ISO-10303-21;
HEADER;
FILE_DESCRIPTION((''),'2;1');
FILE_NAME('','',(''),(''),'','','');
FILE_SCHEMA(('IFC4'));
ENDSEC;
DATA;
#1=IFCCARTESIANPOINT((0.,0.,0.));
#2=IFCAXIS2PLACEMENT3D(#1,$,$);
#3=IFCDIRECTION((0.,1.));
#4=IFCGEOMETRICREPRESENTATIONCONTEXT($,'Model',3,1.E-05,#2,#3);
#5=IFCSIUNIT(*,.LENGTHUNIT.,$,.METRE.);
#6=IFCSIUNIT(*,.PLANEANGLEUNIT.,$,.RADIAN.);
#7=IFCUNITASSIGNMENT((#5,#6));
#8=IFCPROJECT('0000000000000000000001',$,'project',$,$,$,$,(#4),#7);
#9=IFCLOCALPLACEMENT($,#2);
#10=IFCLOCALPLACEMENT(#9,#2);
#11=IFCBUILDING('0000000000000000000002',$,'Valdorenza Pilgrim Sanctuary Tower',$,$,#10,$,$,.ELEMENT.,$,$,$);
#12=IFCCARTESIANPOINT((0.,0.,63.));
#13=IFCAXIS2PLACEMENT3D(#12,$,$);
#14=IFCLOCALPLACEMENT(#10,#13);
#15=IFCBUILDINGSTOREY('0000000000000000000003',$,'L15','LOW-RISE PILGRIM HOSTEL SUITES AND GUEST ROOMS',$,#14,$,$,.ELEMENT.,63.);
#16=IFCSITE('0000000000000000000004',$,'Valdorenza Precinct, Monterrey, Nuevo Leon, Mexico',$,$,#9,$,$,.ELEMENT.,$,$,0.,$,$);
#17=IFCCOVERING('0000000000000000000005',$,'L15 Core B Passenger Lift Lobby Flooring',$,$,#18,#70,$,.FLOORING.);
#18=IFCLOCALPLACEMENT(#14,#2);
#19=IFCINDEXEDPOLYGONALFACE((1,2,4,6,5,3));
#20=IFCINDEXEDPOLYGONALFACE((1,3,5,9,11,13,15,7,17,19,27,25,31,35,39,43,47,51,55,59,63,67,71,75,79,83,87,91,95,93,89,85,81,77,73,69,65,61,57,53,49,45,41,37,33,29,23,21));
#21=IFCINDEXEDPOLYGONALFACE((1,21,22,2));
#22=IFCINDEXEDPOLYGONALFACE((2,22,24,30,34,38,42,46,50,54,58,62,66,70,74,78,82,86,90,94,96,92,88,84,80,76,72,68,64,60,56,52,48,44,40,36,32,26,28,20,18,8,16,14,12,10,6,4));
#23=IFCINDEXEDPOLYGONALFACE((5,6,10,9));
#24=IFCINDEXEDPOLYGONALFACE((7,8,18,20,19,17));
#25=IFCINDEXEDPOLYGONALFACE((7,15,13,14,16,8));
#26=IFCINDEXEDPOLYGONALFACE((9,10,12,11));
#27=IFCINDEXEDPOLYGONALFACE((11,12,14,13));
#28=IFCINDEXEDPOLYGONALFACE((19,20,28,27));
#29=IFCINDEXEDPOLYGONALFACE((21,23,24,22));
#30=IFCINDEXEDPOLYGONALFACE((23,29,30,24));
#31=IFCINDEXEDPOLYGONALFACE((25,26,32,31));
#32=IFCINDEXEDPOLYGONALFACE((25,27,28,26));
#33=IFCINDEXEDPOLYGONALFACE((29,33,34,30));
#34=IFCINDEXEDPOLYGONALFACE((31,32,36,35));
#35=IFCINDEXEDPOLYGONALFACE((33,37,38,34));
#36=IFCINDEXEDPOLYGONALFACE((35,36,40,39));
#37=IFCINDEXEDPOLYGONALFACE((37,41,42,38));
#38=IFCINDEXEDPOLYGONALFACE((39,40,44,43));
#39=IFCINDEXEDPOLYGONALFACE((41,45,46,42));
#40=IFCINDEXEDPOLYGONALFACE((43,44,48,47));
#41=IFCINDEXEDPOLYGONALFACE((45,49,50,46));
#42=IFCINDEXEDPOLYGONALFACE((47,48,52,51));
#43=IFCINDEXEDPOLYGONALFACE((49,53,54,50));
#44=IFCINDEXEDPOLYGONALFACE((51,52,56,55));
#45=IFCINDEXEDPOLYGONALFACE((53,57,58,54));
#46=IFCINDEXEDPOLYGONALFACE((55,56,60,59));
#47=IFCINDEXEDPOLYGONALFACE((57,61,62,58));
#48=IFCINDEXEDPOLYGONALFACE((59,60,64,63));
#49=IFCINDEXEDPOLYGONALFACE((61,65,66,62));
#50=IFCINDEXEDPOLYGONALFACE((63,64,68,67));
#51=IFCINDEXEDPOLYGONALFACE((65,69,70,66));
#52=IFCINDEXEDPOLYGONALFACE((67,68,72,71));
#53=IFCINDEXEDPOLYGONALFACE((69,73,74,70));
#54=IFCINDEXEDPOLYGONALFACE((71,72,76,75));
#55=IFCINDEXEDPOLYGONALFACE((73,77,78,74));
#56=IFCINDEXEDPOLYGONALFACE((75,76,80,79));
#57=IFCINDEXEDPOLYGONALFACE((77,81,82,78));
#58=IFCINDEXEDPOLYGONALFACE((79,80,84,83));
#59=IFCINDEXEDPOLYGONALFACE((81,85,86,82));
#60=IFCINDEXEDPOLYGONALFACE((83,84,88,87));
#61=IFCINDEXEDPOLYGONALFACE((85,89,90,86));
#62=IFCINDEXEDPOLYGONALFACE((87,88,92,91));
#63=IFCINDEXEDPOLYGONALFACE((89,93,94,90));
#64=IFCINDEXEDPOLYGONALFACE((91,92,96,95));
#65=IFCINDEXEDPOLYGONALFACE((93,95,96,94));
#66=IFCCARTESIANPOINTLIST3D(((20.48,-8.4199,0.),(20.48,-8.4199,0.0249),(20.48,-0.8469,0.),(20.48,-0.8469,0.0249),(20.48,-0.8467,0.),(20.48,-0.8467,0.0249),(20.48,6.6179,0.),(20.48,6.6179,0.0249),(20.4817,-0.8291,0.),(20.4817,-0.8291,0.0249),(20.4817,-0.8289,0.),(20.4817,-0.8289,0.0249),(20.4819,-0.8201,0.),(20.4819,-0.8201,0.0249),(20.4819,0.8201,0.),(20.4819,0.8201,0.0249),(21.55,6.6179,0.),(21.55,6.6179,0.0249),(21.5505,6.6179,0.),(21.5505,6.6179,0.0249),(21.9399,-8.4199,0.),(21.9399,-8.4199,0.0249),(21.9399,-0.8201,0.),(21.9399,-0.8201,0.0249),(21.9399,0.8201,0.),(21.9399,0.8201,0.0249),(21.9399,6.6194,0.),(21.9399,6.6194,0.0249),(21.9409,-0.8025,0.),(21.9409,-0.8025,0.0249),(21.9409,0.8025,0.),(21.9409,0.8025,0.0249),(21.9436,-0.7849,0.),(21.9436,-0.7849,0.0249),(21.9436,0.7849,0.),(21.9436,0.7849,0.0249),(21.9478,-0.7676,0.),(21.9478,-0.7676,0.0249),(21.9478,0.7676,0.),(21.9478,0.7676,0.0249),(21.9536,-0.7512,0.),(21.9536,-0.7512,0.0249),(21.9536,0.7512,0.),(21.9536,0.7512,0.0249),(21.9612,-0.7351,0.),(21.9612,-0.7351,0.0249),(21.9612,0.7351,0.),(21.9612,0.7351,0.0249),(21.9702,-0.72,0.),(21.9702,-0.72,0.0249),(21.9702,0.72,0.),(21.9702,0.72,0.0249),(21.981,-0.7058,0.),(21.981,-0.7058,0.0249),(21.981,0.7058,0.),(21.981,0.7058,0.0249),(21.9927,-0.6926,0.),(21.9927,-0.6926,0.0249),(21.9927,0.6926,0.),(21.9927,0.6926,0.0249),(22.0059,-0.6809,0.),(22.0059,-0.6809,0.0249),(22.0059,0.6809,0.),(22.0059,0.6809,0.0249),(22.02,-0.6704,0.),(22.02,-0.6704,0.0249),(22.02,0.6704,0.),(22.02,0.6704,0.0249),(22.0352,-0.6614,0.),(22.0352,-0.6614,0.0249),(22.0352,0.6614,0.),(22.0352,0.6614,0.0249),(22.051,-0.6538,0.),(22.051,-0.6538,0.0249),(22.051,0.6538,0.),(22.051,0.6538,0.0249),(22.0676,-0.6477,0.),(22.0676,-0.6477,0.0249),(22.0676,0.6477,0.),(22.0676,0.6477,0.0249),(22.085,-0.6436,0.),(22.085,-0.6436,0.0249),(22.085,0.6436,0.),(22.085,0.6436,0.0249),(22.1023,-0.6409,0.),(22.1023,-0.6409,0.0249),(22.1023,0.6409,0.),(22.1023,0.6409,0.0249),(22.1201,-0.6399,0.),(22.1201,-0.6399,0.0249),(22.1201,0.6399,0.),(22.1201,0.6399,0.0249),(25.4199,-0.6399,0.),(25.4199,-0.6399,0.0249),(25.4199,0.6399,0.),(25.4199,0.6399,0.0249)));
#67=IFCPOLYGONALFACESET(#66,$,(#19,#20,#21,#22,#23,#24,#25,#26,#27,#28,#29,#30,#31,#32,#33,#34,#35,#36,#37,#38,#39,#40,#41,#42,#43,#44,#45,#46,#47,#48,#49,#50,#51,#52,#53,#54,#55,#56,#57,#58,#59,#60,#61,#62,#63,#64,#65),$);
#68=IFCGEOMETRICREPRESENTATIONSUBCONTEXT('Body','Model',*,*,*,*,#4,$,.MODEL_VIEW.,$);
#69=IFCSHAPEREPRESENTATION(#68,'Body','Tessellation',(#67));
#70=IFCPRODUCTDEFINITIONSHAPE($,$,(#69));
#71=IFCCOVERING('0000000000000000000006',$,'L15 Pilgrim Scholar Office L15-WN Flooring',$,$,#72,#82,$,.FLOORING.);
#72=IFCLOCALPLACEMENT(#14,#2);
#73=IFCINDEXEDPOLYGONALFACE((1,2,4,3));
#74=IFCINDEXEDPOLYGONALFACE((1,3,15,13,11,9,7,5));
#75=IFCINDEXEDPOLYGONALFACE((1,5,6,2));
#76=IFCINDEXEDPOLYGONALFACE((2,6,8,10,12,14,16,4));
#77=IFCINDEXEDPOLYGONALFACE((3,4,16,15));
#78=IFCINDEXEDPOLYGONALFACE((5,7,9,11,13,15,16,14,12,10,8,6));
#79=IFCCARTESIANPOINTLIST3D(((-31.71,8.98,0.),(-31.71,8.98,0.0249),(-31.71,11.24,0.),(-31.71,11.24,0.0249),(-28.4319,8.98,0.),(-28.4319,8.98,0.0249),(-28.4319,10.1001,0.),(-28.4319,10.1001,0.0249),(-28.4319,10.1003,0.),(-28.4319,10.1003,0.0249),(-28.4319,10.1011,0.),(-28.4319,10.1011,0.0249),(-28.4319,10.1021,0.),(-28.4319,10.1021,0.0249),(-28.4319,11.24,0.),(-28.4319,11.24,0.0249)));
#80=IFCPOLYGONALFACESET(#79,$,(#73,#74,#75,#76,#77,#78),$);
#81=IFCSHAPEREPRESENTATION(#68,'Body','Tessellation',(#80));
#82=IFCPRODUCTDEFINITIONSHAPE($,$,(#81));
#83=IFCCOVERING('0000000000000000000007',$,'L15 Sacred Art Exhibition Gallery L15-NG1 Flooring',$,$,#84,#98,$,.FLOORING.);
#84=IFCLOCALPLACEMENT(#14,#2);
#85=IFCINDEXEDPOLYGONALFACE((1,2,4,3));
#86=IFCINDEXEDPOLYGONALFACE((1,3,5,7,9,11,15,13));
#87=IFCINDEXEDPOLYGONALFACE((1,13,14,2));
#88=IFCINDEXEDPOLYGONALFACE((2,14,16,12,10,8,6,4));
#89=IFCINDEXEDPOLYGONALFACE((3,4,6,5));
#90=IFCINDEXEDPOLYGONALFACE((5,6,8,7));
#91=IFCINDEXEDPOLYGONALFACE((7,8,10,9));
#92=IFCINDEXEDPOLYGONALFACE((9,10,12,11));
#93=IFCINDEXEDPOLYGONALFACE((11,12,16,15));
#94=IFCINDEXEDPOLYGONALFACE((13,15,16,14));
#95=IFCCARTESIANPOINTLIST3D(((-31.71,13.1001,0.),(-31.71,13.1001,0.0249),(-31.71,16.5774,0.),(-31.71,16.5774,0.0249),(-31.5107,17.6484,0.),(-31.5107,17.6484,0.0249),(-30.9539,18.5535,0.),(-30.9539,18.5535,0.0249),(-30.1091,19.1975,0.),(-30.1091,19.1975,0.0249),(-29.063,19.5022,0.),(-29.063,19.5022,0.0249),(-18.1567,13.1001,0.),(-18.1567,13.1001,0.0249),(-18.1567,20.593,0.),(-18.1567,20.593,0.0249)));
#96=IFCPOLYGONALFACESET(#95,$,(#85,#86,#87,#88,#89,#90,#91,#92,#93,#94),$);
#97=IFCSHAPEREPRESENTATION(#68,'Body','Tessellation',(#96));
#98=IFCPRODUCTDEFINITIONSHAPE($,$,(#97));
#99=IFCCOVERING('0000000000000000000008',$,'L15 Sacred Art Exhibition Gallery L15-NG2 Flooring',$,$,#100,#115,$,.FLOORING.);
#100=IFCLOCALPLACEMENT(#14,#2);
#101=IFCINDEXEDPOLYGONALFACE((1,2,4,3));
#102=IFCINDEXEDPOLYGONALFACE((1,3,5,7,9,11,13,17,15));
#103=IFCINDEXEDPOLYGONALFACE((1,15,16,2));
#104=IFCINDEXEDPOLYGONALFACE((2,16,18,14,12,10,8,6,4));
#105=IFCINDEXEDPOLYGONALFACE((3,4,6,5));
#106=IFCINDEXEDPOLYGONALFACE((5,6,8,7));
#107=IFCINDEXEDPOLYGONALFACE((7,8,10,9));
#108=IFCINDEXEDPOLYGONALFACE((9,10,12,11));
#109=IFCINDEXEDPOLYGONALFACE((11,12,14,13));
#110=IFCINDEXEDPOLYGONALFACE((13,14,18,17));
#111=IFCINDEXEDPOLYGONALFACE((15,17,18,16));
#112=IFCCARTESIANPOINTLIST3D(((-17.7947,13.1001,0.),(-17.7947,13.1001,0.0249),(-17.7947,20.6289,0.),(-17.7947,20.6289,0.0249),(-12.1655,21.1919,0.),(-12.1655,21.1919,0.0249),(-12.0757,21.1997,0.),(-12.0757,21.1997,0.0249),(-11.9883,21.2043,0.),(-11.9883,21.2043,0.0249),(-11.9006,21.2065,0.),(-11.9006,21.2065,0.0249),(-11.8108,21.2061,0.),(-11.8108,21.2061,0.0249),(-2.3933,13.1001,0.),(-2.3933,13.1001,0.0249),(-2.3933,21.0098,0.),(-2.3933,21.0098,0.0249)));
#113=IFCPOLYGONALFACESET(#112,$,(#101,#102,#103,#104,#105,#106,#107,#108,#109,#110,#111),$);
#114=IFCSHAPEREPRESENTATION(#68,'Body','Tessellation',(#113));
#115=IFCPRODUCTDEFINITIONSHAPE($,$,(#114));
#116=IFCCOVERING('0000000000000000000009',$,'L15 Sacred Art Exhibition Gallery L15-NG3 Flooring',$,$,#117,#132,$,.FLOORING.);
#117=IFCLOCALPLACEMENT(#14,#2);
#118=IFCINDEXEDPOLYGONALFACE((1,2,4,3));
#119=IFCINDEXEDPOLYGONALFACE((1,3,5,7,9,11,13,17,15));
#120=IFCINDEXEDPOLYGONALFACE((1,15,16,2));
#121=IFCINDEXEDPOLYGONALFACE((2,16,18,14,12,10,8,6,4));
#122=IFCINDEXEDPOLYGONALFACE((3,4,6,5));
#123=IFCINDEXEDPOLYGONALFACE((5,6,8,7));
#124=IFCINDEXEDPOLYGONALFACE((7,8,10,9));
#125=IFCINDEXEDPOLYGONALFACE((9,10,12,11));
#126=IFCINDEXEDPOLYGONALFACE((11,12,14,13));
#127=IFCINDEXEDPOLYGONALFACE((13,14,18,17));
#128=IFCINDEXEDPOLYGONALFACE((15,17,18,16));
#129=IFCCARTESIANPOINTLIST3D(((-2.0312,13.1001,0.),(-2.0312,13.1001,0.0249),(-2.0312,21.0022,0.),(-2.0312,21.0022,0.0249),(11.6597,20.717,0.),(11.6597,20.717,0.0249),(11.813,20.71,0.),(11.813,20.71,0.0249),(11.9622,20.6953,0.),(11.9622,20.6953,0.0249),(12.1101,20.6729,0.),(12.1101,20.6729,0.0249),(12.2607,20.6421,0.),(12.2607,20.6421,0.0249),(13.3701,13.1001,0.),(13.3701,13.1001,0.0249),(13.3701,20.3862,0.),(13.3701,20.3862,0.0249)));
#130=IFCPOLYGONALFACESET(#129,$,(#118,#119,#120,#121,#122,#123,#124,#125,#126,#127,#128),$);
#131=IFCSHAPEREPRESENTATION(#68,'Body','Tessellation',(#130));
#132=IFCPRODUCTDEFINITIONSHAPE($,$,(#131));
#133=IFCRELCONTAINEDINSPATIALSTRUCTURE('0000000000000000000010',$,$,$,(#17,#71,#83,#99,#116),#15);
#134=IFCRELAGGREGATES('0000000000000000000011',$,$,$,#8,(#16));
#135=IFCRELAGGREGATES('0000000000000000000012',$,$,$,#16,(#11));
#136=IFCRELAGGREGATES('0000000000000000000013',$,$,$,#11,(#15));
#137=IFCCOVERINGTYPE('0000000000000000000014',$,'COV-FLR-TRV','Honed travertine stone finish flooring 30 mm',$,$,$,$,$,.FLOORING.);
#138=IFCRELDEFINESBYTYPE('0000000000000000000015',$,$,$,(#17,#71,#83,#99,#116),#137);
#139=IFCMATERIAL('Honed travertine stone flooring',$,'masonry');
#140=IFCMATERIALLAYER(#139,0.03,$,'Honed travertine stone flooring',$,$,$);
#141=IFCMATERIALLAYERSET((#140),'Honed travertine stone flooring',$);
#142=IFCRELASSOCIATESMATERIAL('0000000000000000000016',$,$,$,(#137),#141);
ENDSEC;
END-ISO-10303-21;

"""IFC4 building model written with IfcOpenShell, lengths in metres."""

from ifc_helpers import new_model, si_unit, direction, frame, origin, place, context, subcontext, project, spatial, polyline, outline, extrude, material, layer, layer_set, type_object, element, save


model = new_model("IFC4")

# Units and contexts
model_context = context("Model", 3, precision=1e-05, world=origin(), true_north=direction((0.0, 1.0)))
body_context = subcontext(model_context, "Body", "Model", "MODEL_VIEW")
ifc_project = project(units=[si_unit("LENGTHUNIT", "METRE"), si_unit("PLANEANGLEUNIT", "RADIAN")], contexts=[model_context])

# Site, building, storey
site_placement = place(None, origin())
site = spatial("IfcSite", under=ifc_project, at=site_placement, Name="Valdorenza Precinct, Monterrey, Nuevo Leon, Mexico", CompositionType="ELEMENT", RefElevation=0.0)
building_placement = place(site_placement, origin())
building = spatial("IfcBuilding", under=site, at=building_placement, Name="Valdorenza Pilgrim Sanctuary Tower", CompositionType="ELEMENT")
storey_placement = place(building_placement, frame((0.0, 0.0, 63.0)))
storey = spatial("IfcBuildingStorey", under=building, at=storey_placement, Name="L15", Description="LOW-RISE PILGRIM HOSTEL SUITES AND GUEST ROOMS", CompositionType="ELEMENT", Elevation=63.0)

# Coverings
ifc_material_1 = material(Name="Honed travertine stone flooring", Category="masonry")
ifc_layer_1 = layer(ifc_material_1, 0.03, Name="Honed travertine stone flooring")
ifc_layer_set_1 = layer_set([ifc_layer_1], Name="Honed travertine stone flooring")
covering_type_1 = type_object("IfcCoveringType", Name="COV-FLR-TRV", Description="Honed travertine stone finish flooring 30 mm", PredefinedType="FLOORING", material=ifc_layer_set_1)
covering_1_placement = place(storey_placement, origin())
element("IfcCovering", 1, at=covering_1_placement, inside=storey, type_object=covering_type_1, Name="L15 Core B Passenger Lift Lobby Flooring", PredefinedType="FLOORING", context=body_context, shape_type="SweptSolid", body=[
    extrude(outline(polyline([(20.48, 6.6179), (21.55, 6.6179), (21.5505, 6.6179), (21.9399, 6.6194), (21.9399, 0.8201), (21.9409, 0.8025), (21.9436, 0.7849), (21.9478, 0.7676), (21.9536, 0.7512), (21.9612, 0.7351), (21.9702, 0.72), (21.981, 0.7058), (21.9927, 0.6926), (22.0059, 0.6809), (22.02, 0.6704), (22.0352, 0.6614), (22.051, 0.6538), (22.0676, 0.6477), (22.085, 0.6436), (22.1023, 0.6409), (22.1201, 0.6399), (25.4199, 0.6399), (25.4199, -0.6399), (22.1201, -0.6399), (22.1023, -0.6409), (22.085, -0.6436), (22.0676, -0.6477), (22.051, -0.6538), (22.0352, -0.6614), (22.02, -0.6704), (22.0059, -0.6809), (21.9927, -0.6926), (21.981, -0.7058), (21.9702, -0.72), (21.9612, -0.7351), (21.9536, -0.7512), (21.9478, -0.7676), (21.9436, -0.7849), (21.9409, -0.8025), (21.9399, -0.8201), (21.9399, -8.4199), (20.48, -8.4199), (20.48, -0.8469), (20.48, -0.8467), (20.48, -0.8467), (20.4817, -0.8291), (20.4817, -0.8289), (20.4819, -0.8201), (20.4819, 0.8201), (20.48, 6.6179)])), origin(), (0.0, 0.0, 1.0), 0.0249),
])
covering_2_placement = place(storey_placement, origin())
element("IfcCovering", 2, at=covering_2_placement, inside=storey, type_object=covering_type_1, Name="L15 Pilgrim Scholar Office L15-WN Flooring", PredefinedType="FLOORING", context=body_context, shape_type="SweptSolid", body=[
    extrude(outline(polyline([(-28.4319, 11.24), (-28.4319, 10.1021), (-28.4319, 10.1011), (-28.4319, 10.1003), (-28.4319, 10.1001), (-28.4319, 8.98), (-31.71, 8.98), (-31.71, 11.24), (-28.4319, 11.24)])), origin(), (0.0, 0.0, 1.0), 0.0249),
])
covering_3_placement = place(storey_placement, origin())
element("IfcCovering", 3, at=covering_3_placement, inside=storey, type_object=covering_type_1, Name="L15 Sacred Art Exhibition Gallery L15-NG1 Flooring", PredefinedType="FLOORING", context=body_context, shape_type="SweptSolid", body=[
    extrude(outline(polyline([(-31.71, 13.1001), (-31.71, 16.5774), (-31.5107, 17.6484), (-30.9539, 18.5535), (-30.1091, 19.1975), (-29.063, 19.5022), (-18.1567, 20.593), (-18.1567, 13.1001), (-31.71, 13.1001)])), origin(), (0.0, 0.0, 1.0), 0.0249),
])
covering_4_placement = place(storey_placement, origin())
element("IfcCovering", 4, at=covering_4_placement, inside=storey, type_object=covering_type_1, Name="L15 Sacred Art Exhibition Gallery L15-NG2 Flooring", PredefinedType="FLOORING", context=body_context, shape_type="SweptSolid", body=[
    extrude(outline(polyline([(-17.7947, 13.1001), (-17.7947, 20.6289), (-12.1655, 21.1919), (-12.0757, 21.1997), (-11.9883, 21.2043), (-11.9006, 21.2065), (-11.8108, 21.2061), (-2.3933, 21.0098), (-2.3933, 13.1001), (-17.7947, 13.1001)])), origin(), (0.0, 0.0, 1.0), 0.0249),
])
covering_5_placement = place(storey_placement, origin())
element("IfcCovering", 5, at=covering_5_placement, inside=storey, type_object=covering_type_1, Name="L15 Sacred Art Exhibition Gallery L15-NG3 Flooring", PredefinedType="FLOORING", context=body_context, shape_type="SweptSolid", body=[
    extrude(outline(polyline([(-2.0312, 13.1001), (-2.0312, 21.0022), (11.6597, 20.717), (11.813, 20.71), (11.9622, 20.6953), (12.1101, 20.6729), (12.2607, 20.6421), (13.3701, 20.3862), (13.3701, 13.1001), (-2.0312, 13.1001)])), origin(), (0.0, 0.0, 1.0), 0.0249),
])

save(model, "model.ifc")
